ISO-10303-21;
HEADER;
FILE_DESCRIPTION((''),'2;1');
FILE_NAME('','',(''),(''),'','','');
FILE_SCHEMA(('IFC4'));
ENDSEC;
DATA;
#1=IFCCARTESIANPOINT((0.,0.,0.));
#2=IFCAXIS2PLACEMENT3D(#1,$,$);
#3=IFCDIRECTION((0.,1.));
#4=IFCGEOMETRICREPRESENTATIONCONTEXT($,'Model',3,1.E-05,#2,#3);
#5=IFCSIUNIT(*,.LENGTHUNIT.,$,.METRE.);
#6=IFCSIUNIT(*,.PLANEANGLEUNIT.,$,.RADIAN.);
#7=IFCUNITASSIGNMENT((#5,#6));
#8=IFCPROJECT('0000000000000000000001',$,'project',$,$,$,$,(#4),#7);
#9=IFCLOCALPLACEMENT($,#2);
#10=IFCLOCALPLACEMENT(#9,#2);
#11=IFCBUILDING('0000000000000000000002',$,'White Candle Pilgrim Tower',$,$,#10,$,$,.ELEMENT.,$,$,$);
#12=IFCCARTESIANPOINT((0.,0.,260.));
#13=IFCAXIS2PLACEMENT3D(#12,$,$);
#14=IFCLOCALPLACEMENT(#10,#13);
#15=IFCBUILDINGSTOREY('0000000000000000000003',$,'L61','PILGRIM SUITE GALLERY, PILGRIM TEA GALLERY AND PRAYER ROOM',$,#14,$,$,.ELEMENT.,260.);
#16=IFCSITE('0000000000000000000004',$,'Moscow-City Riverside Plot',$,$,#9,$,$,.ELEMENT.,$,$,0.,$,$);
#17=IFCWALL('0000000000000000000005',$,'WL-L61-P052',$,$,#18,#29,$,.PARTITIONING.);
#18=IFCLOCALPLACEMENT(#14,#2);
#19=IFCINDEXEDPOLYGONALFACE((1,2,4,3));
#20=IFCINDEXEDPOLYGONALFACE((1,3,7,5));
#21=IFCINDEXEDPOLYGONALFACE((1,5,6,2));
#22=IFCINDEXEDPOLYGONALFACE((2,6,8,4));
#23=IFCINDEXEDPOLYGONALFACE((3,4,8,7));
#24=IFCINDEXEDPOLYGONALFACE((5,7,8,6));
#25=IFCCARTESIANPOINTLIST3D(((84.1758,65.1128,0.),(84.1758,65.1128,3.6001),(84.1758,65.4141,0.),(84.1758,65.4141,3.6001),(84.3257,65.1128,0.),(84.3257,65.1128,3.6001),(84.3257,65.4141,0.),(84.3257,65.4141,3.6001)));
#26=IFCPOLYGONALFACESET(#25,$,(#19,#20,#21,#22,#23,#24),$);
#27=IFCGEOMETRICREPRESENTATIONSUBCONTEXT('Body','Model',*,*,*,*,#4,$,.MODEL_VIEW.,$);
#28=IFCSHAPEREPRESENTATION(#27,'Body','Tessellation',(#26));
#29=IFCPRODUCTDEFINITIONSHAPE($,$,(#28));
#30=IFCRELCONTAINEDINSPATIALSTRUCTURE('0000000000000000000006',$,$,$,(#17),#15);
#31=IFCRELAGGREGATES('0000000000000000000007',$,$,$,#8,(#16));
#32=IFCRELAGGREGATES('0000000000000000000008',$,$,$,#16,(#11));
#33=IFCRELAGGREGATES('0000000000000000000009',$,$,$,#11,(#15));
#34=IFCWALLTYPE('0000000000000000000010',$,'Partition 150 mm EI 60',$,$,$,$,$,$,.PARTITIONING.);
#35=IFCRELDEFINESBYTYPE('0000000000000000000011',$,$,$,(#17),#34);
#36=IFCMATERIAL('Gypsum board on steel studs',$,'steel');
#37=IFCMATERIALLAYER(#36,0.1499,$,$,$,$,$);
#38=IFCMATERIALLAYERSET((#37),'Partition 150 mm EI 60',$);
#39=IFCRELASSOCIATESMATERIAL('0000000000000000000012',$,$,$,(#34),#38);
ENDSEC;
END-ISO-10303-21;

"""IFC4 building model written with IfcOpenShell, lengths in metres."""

from ifc_helpers import new_model, si_unit, direction, frame, frame_2d, origin, place, context, subcontext, project, spatial, rectangle, extrude, material, layer, layer_set, type_object, element, save


model = new_model("IFC4")

# Units and contexts
model_context = context("Model", 3, precision=1e-05, world=origin(), true_north=direction((0.0, 1.0)))
body_context = subcontext(model_context, "Body", "Model", "MODEL_VIEW")
ifc_project = project(units=[si_unit("LENGTHUNIT", "METRE"), si_unit("PLANEANGLEUNIT", "RADIAN")], contexts=[model_context])

# Site, building, storey
site_placement = place(None, origin())
site = spatial("IfcSite", under=ifc_project, at=site_placement, Name="Moscow-City Riverside Plot", CompositionType="ELEMENT", RefElevation=0.0)
building_placement = place(site_placement, origin())
building = spatial("IfcBuilding", under=site, at=building_placement, Name="White Candle Pilgrim Tower", CompositionType="ELEMENT")
storey_placement = place(building_placement, frame((0.0, 0.0, 260.0)))
storey = spatial("IfcBuildingStorey", under=building, at=storey_placement, Name="L61", Description="PILGRIM SUITE GALLERY, PILGRIM TEA GALLERY AND PRAYER ROOM", CompositionType="ELEMENT", Elevation=260.0)

# Shared definitions
ifc_material_1 = material(Name="Gypsum board on steel studs", Category="steel")

# Wall
ifc_layer_1 = layer(ifc_material_1, 0.1499)
ifc_layer_set_1 = layer_set([ifc_layer_1], Name="Partition 150 mm EI 60")
wall_type_1 = type_object("IfcWallType", Name="Partition 150 mm EI 60", PredefinedType="PARTITIONING", material=ifc_layer_set_1)
wall_1_placement = place(storey_placement, frame((84.2507, 65.4141, 0.0), z_axis=(0.0, 0.0, 1.0), x_axis=(0.0, -1.0, 0.0)))
element("IfcWall", 1, at=wall_1_placement, inside=storey, type_object=wall_type_1, Name="WL-L61-P052", PredefinedType="PARTITIONING", context=body_context, shape_type="SweptSolid", body=[
    extrude(rectangle(XDim=0.3013, YDim=0.1499, at=frame_2d((0.1506, 0.0))), origin(), (0.0, 0.0, 1.0), 3.6001),
])

save(model, "model.ifc")
